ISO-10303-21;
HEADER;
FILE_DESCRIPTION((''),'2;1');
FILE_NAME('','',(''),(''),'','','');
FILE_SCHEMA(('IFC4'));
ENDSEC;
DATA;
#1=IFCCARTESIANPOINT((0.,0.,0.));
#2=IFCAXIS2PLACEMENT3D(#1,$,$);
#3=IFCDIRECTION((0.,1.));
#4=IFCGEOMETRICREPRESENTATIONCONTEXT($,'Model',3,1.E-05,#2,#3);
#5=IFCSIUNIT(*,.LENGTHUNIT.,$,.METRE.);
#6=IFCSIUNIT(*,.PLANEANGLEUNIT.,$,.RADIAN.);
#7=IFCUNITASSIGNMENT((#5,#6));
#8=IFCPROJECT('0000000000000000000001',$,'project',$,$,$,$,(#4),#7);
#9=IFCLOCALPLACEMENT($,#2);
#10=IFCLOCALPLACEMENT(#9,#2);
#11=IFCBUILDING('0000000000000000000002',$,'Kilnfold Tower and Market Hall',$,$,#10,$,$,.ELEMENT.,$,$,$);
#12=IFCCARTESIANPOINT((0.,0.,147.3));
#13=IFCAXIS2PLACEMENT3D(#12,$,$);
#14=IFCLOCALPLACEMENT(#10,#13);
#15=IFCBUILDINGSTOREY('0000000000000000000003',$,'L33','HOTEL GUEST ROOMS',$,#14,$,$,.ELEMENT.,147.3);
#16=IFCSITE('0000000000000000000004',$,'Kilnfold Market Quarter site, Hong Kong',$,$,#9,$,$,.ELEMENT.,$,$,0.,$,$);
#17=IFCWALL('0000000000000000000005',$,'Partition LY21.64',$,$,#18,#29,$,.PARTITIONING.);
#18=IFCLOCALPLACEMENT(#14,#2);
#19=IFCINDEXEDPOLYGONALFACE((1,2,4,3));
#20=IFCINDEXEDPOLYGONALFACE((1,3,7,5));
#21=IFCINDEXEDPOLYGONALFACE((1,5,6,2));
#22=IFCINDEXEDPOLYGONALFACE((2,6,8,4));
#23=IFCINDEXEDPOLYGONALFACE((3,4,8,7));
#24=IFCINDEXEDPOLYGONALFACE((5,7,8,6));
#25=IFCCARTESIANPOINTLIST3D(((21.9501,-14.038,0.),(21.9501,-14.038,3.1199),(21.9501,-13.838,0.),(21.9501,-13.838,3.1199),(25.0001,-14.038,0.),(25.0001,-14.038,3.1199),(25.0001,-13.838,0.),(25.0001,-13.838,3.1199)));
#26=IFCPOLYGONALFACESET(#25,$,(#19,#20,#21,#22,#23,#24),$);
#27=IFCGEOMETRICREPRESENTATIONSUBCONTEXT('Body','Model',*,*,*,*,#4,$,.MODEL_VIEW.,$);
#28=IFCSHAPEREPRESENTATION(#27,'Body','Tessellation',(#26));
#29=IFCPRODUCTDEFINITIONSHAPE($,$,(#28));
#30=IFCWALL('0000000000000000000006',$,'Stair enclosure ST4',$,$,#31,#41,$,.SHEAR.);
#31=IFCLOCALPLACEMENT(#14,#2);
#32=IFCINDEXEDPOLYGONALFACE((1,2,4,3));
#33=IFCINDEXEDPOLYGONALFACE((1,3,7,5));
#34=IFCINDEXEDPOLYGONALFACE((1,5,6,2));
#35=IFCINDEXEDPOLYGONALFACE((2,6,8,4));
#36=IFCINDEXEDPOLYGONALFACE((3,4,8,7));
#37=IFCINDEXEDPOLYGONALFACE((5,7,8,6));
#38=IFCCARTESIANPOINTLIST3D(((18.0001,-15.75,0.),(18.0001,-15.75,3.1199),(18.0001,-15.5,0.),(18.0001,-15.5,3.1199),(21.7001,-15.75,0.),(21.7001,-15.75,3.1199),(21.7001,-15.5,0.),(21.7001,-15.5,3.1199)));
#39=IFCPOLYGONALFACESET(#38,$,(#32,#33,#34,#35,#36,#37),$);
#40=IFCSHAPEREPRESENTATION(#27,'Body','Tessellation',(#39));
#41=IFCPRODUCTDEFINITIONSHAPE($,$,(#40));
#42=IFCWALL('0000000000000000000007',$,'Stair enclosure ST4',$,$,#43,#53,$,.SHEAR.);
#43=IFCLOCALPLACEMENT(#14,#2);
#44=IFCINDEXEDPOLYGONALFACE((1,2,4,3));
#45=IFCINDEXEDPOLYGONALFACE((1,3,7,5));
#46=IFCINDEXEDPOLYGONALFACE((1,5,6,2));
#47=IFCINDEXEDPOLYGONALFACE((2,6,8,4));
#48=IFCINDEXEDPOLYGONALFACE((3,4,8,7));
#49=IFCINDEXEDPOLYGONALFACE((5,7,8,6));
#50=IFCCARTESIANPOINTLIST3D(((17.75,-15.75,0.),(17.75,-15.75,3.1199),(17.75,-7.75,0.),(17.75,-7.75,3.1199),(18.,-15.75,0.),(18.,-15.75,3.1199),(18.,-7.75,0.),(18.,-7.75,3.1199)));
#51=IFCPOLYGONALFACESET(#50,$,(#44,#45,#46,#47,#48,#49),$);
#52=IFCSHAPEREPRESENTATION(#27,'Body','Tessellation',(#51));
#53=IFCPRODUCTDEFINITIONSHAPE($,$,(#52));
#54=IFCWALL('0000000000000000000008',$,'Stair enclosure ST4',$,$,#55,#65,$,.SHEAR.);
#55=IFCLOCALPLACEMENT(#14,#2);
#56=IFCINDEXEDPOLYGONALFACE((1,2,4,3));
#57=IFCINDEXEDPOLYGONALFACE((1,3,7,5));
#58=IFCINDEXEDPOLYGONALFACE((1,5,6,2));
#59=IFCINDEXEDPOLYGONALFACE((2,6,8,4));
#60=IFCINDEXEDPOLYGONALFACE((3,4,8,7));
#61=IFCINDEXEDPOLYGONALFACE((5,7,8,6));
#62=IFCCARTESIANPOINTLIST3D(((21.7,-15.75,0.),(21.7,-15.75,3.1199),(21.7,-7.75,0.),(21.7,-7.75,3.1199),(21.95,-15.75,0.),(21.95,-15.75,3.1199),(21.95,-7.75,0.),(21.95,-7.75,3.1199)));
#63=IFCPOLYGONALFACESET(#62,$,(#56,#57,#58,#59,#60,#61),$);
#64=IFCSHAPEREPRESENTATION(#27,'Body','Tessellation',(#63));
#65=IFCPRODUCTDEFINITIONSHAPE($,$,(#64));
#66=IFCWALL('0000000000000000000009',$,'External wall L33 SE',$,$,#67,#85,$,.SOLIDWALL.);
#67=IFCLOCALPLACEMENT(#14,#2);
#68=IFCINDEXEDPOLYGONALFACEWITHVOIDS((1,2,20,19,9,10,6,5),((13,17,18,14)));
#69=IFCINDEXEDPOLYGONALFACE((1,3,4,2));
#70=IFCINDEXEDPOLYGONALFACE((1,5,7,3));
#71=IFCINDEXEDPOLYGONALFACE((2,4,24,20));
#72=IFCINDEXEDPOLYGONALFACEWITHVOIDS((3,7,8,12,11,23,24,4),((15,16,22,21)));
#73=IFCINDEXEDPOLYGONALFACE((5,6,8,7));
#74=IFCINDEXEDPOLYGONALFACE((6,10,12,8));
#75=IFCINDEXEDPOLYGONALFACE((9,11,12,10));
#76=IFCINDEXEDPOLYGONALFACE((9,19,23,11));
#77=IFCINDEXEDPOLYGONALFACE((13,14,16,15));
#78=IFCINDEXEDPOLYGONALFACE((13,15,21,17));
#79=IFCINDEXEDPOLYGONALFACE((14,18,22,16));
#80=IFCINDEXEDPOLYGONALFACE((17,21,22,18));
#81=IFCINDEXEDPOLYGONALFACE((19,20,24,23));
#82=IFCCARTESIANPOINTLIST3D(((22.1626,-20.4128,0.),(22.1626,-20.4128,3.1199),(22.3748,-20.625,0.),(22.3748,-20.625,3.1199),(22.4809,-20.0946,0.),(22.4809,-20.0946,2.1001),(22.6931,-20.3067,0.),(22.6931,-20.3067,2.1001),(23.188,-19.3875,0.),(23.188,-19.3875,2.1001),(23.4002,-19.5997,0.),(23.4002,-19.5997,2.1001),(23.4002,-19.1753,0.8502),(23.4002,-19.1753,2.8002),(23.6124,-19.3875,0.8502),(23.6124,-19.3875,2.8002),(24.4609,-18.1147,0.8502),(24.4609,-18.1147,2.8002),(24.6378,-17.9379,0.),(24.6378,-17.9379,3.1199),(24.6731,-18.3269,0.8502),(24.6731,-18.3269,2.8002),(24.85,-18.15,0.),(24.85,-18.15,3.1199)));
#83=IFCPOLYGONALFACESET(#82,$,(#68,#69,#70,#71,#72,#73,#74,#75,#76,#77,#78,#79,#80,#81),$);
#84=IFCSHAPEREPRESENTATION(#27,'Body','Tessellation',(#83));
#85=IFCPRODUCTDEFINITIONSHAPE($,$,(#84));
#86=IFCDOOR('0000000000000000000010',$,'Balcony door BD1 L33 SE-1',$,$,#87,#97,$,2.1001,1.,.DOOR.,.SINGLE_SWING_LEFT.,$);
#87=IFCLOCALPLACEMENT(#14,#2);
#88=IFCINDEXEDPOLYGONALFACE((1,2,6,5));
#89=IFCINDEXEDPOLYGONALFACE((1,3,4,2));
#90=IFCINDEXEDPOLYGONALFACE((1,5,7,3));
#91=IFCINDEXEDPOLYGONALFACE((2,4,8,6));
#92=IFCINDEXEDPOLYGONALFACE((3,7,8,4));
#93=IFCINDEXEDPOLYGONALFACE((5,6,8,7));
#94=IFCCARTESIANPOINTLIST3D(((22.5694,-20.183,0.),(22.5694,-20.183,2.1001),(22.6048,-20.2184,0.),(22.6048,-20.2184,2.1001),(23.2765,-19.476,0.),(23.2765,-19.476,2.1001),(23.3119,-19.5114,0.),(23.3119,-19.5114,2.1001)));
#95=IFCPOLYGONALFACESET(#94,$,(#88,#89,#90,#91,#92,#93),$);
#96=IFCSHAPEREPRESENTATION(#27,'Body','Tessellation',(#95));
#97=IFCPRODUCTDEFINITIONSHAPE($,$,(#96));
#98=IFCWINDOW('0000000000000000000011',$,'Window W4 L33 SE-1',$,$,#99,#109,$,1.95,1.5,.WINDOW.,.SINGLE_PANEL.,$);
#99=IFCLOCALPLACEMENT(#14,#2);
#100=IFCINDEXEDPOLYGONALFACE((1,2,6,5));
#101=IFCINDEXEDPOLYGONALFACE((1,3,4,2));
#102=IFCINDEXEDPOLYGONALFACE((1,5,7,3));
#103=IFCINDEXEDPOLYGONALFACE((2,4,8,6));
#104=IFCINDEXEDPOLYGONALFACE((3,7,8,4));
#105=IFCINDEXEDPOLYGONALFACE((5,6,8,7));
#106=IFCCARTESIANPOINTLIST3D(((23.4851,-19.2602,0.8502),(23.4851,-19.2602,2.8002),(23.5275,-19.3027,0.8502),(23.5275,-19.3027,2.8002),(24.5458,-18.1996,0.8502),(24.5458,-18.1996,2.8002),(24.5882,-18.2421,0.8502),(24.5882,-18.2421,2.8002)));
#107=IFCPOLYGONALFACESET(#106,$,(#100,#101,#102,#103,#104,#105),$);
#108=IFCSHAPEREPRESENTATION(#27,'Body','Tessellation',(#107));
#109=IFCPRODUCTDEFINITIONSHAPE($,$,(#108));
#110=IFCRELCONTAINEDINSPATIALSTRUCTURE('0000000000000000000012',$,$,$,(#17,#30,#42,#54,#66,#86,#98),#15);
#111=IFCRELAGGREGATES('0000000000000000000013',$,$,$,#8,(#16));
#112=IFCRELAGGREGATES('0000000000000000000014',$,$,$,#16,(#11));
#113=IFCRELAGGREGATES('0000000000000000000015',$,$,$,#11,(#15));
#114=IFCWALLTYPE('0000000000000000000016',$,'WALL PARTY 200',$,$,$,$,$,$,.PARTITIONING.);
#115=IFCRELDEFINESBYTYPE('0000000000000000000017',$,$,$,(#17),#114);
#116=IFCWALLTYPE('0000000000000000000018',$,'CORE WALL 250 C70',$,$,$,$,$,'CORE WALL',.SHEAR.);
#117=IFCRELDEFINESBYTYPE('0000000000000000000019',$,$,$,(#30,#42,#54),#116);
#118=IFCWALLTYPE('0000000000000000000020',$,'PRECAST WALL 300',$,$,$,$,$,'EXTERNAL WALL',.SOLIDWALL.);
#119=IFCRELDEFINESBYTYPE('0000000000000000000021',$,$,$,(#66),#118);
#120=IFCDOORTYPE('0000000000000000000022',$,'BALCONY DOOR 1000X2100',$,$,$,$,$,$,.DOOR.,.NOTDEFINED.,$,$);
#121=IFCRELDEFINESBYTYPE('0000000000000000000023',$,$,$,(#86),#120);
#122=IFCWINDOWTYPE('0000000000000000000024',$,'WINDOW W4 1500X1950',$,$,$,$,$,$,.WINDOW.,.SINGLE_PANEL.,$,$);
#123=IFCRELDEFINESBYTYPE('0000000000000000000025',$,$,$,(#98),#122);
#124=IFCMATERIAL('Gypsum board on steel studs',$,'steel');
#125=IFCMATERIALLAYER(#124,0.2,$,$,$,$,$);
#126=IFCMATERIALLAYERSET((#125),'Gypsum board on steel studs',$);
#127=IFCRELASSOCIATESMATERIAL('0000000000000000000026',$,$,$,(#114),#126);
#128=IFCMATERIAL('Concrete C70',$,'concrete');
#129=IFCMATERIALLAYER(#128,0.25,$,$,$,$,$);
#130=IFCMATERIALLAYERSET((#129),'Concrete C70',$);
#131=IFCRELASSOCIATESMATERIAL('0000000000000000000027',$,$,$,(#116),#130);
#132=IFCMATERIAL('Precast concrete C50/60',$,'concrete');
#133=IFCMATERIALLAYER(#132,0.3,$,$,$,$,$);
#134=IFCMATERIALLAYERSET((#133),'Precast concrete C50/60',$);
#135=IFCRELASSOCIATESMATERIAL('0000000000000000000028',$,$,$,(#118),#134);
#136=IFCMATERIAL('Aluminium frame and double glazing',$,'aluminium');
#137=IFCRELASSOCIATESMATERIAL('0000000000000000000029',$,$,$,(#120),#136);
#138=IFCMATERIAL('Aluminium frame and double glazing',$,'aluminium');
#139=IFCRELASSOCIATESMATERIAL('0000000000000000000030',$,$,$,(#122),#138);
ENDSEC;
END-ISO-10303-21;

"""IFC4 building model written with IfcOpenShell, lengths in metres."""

from ifc_helpers import new_model, si_unit, direction, frame, frame_2d, origin, place, context, subcontext, project, spatial, rectangle, extrude, source, transform, mapped, material, layer, layer_set, type_object, element, fill, save


model = new_model("IFC4")

# Units and contexts
model_context = context("Model", 3, precision=1e-05, world=origin(), true_north=direction((0.0, 1.0)))
body_context = subcontext(model_context, "Body", "Model", "MODEL_VIEW")
ifc_project = project(units=[si_unit("LENGTHUNIT", "METRE"), si_unit("PLANEANGLEUNIT", "RADIAN")], contexts=[model_context])

# Site, building, storey
site_placement = place(None, origin())
site = spatial("IfcSite", under=ifc_project, at=site_placement, Name="Kilnfold Market Quarter site, Hong Kong", CompositionType="ELEMENT", RefElevation=0.0)
building_placement = place(site_placement, origin())
building = spatial("IfcBuilding", under=site, at=building_placement, Name="Kilnfold Tower and Market Hall", CompositionType="ELEMENT")
storey_placement = place(building_placement, frame((0.0, 0.0, 147.3)))
storey = spatial("IfcBuildingStorey", under=building, at=storey_placement, Name="L33", Description="HOTEL GUEST ROOMS", CompositionType="ELEMENT", Elevation=147.3)

# Walls
ifc_material_1 = material(Name="Gypsum board on steel studs", Category="steel")
ifc_layer_1 = layer(ifc_material_1, 0.2)
ifc_layer_set_1 = layer_set([ifc_layer_1], Name="Gypsum board on steel studs")
wall_type_1 = type_object("IfcWallType", Name="WALL PARTY 200", PredefinedType="PARTITIONING", material=ifc_layer_set_1)
wall_1_placement = place(storey_placement, frame((25.0, -13.938, 0.0), z_axis=(0.0, 0.0, 1.0), x_axis=(-1.0, 0.0, 0.0)))
element("IfcWall", 1, at=wall_1_placement, inside=storey, type_object=wall_type_1, Name="Partition LY21.64", PredefinedType="PARTITIONING", context=body_context, shape_type="SweptSolid", body=[
    extrude(rectangle(XDim=3.05, YDim=0.2, at=frame_2d((1.5249, 0.0))), origin(), (0.0, 0.0, 1.0), 3.1199),
])
ifc_material_2 = material(Name="Concrete C70", Category="concrete")
ifc_layer_2 = layer(ifc_material_2, 0.25)
ifc_layer_set_2 = layer_set([ifc_layer_2], Name="Concrete C70")
wall_type_2 = type_object("IfcWallType", Name="CORE WALL 250 C70", ElementType="CORE WALL", PredefinedType="SHEAR", material=ifc_layer_set_2)
shared_shape_1 = source(origin(), body_context, "Body", "SweptSolid", [
    extrude(rectangle(XDim=3.7, YDim=0.25, at=frame_2d((1.8501, 0.0))), origin(), (0.0, 0.0, 1.0), 3.1199),
])
wall_2_placement = place(storey_placement, frame((18.0, -15.625, 0.0), z_axis=(0.0, 0.0, 1.0), x_axis=(1.0, 0.0, 0.0)))
element("IfcWall", 2, at=wall_2_placement, inside=storey, type_object=wall_type_2, Name="Stair enclosure ST4", PredefinedType="SHEAR", context=body_context, shape_type="MappedRepresentation", body=[
    mapped(shared_shape_1, transform((0.0, 0.0, 0.0))),
])
shared_shape_2 = source(origin(), body_context, "Body", "SweptSolid", [
    extrude(rectangle(XDim=8.0, YDim=0.25, at=frame_2d((4.0, 0.0))), origin(), (0.0, 0.0, 1.0), 3.1199),
])
for number, where, z_axis, x_axis, name in (
    (3, (17.875, -15.75, 0.0), (0.0, 0.0, 1.0), (0.0, 1.0, 0.0), "Stair enclosure ST4"),
    (4, (21.825, -15.75, 0.0), (0.0, 0.0, 1.0), (0.0, 1.0, 0.0), "Stair enclosure ST4"),
):
    element("IfcWall", number, at=place(storey_placement, frame(where, z_axis=z_axis, x_axis=x_axis)), inside=storey, type_object=wall_type_2, Name=name, PredefinedType="SHEAR", context=body_context, shape_type="MappedRepresentation", body=[
        mapped(shared_shape_2, transform((0.0, 0.0, 0.0))),
    ])

# Wall, openings, door, window
ifc_material_3 = material(Name="Precast concrete C50/60", Category="concrete")
ifc_layer_3 = layer(ifc_material_3, 0.3)
ifc_layer_set_3 = layer_set([ifc_layer_3], Name="Precast concrete C50/60")
wall_type_3 = type_object("IfcWallType", Name="PRECAST WALL 300", ElementType="EXTERNAL WALL", PredefinedType="SOLIDWALL", material=ifc_layer_set_3)
shared_shape_3 = source(origin(), body_context, "Body", "SweptSolid", [
    extrude(rectangle(XDim=3.5002, YDim=0.3, at=frame_2d((1.75, 0.0))), origin(), (0.0, 0.0, 1.0), 3.1199),
])
wall_3_placement = place(storey_placement, frame((22.2688, -20.5188, 0.0), z_axis=(0.0, 0.0, 1.0), x_axis=(0.707142, 0.707072, 0.0)))
wall_3 = element("IfcWall", 5, at=wall_3_placement, inside=storey, type_object=wall_type_3, Name="External wall L33 SE", PredefinedType="SOLIDWALL", context=body_context, shape_type="MappedRepresentation", body=[
    mapped(shared_shape_3, transform((0.0, 0.0, 0.0))),
])
opening_1_placement = place(wall_3_placement, frame((1.75, 0.0, 0.8501)))
opening_1 = element("IfcOpeningElement", 6, at=opening_1_placement, cuts=wall_3, PredefinedType="OPENING", context=body_context, shape_type="SweptSolid", body=[
    extrude(rectangle(XDim=1.5, YDim=1.95, at=frame_2d((0.75, 0.9751))), frame((0.0, 0.1602, 0.0), z_axis=(0.0, -1.0, 0.0), x_axis=(1.0, 0.0, 0.0)), (0.0, 0.0, 1.0), 0.3201),
])
opening_2_placement = place(wall_3_placement, frame((0.45, 0.0, 0.0)))
opening_2 = element("IfcOpeningElement", 7, at=opening_2_placement, cuts=wall_3, PredefinedType="OPENING", context=body_context, shape_type="SweptSolid", body=[
    extrude(rectangle(XDim=1.0, YDim=2.1001, at=frame_2d((0.5, 1.05))), frame((0.0, 0.1602, 0.0), z_axis=(0.0, -1.0, 0.0), x_axis=(1.0, 0.0, 0.0)), (0.0, 0.0, 1.0), 0.3201),
])
ifc_material_4 = material(Name="Aluminium frame and double glazing", Category="aluminium")
door_type_1 = type_object("IfcDoorType", Name="BALCONY DOOR 1000X2100", OperationType="NOTDEFINED", PredefinedType="DOOR", material=ifc_material_4)
door_1_placement = place(opening_2_placement, origin())
door_1 = element("IfcDoor", 8, at=door_1_placement, inside=storey, type_object=door_type_1, Name="Balcony door BD1 L33 SE-1", OperationType="SINGLE_SWING_LEFT", OverallHeight=2.1001, OverallWidth=1.0, PredefinedType="DOOR", context=body_context, shape_type="SweptSolid", body=[
    extrude(rectangle(XDim=1.0, YDim=2.1001, at=frame_2d((0.5, 1.05))), frame((0.0, 0.0249, 0.0), z_axis=(0.0, -1.0, 0.0), x_axis=(1.0, 0.0, 0.0)), (0.0, 0.0, 1.0), 0.05),
])
fill(opening_2, door_1)
ifc_material_5 = material(Name="Aluminium frame and double glazing", Category="aluminium")
window_type = type_object("IfcWindowType", Name="WINDOW W4 1500X1950", PartitioningType="SINGLE_PANEL", PredefinedType="WINDOW", material=ifc_material_5)
window_1_placement = place(opening_1_placement, origin())
window_1 = element("IfcWindow", 9, at=window_1_placement, inside=storey, type_object=window_type, Name="Window W4 L33 SE-1", OverallHeight=1.95, OverallWidth=1.5, PartitioningType="SINGLE_PANEL", PredefinedType="WINDOW", context=body_context, shape_type="SweptSolid", body=[
    extrude(rectangle(XDim=1.5, YDim=1.95, at=frame_2d((0.75, 0.9751))), frame((0.0, 0.03, 0.0), z_axis=(0.0, -1.0, 0.0), x_axis=(1.0, 0.0, 0.0)), (0.0, 0.0, 1.0), 0.0601),
])
fill(opening_1, window_1)

save(model, "model.ifc")
